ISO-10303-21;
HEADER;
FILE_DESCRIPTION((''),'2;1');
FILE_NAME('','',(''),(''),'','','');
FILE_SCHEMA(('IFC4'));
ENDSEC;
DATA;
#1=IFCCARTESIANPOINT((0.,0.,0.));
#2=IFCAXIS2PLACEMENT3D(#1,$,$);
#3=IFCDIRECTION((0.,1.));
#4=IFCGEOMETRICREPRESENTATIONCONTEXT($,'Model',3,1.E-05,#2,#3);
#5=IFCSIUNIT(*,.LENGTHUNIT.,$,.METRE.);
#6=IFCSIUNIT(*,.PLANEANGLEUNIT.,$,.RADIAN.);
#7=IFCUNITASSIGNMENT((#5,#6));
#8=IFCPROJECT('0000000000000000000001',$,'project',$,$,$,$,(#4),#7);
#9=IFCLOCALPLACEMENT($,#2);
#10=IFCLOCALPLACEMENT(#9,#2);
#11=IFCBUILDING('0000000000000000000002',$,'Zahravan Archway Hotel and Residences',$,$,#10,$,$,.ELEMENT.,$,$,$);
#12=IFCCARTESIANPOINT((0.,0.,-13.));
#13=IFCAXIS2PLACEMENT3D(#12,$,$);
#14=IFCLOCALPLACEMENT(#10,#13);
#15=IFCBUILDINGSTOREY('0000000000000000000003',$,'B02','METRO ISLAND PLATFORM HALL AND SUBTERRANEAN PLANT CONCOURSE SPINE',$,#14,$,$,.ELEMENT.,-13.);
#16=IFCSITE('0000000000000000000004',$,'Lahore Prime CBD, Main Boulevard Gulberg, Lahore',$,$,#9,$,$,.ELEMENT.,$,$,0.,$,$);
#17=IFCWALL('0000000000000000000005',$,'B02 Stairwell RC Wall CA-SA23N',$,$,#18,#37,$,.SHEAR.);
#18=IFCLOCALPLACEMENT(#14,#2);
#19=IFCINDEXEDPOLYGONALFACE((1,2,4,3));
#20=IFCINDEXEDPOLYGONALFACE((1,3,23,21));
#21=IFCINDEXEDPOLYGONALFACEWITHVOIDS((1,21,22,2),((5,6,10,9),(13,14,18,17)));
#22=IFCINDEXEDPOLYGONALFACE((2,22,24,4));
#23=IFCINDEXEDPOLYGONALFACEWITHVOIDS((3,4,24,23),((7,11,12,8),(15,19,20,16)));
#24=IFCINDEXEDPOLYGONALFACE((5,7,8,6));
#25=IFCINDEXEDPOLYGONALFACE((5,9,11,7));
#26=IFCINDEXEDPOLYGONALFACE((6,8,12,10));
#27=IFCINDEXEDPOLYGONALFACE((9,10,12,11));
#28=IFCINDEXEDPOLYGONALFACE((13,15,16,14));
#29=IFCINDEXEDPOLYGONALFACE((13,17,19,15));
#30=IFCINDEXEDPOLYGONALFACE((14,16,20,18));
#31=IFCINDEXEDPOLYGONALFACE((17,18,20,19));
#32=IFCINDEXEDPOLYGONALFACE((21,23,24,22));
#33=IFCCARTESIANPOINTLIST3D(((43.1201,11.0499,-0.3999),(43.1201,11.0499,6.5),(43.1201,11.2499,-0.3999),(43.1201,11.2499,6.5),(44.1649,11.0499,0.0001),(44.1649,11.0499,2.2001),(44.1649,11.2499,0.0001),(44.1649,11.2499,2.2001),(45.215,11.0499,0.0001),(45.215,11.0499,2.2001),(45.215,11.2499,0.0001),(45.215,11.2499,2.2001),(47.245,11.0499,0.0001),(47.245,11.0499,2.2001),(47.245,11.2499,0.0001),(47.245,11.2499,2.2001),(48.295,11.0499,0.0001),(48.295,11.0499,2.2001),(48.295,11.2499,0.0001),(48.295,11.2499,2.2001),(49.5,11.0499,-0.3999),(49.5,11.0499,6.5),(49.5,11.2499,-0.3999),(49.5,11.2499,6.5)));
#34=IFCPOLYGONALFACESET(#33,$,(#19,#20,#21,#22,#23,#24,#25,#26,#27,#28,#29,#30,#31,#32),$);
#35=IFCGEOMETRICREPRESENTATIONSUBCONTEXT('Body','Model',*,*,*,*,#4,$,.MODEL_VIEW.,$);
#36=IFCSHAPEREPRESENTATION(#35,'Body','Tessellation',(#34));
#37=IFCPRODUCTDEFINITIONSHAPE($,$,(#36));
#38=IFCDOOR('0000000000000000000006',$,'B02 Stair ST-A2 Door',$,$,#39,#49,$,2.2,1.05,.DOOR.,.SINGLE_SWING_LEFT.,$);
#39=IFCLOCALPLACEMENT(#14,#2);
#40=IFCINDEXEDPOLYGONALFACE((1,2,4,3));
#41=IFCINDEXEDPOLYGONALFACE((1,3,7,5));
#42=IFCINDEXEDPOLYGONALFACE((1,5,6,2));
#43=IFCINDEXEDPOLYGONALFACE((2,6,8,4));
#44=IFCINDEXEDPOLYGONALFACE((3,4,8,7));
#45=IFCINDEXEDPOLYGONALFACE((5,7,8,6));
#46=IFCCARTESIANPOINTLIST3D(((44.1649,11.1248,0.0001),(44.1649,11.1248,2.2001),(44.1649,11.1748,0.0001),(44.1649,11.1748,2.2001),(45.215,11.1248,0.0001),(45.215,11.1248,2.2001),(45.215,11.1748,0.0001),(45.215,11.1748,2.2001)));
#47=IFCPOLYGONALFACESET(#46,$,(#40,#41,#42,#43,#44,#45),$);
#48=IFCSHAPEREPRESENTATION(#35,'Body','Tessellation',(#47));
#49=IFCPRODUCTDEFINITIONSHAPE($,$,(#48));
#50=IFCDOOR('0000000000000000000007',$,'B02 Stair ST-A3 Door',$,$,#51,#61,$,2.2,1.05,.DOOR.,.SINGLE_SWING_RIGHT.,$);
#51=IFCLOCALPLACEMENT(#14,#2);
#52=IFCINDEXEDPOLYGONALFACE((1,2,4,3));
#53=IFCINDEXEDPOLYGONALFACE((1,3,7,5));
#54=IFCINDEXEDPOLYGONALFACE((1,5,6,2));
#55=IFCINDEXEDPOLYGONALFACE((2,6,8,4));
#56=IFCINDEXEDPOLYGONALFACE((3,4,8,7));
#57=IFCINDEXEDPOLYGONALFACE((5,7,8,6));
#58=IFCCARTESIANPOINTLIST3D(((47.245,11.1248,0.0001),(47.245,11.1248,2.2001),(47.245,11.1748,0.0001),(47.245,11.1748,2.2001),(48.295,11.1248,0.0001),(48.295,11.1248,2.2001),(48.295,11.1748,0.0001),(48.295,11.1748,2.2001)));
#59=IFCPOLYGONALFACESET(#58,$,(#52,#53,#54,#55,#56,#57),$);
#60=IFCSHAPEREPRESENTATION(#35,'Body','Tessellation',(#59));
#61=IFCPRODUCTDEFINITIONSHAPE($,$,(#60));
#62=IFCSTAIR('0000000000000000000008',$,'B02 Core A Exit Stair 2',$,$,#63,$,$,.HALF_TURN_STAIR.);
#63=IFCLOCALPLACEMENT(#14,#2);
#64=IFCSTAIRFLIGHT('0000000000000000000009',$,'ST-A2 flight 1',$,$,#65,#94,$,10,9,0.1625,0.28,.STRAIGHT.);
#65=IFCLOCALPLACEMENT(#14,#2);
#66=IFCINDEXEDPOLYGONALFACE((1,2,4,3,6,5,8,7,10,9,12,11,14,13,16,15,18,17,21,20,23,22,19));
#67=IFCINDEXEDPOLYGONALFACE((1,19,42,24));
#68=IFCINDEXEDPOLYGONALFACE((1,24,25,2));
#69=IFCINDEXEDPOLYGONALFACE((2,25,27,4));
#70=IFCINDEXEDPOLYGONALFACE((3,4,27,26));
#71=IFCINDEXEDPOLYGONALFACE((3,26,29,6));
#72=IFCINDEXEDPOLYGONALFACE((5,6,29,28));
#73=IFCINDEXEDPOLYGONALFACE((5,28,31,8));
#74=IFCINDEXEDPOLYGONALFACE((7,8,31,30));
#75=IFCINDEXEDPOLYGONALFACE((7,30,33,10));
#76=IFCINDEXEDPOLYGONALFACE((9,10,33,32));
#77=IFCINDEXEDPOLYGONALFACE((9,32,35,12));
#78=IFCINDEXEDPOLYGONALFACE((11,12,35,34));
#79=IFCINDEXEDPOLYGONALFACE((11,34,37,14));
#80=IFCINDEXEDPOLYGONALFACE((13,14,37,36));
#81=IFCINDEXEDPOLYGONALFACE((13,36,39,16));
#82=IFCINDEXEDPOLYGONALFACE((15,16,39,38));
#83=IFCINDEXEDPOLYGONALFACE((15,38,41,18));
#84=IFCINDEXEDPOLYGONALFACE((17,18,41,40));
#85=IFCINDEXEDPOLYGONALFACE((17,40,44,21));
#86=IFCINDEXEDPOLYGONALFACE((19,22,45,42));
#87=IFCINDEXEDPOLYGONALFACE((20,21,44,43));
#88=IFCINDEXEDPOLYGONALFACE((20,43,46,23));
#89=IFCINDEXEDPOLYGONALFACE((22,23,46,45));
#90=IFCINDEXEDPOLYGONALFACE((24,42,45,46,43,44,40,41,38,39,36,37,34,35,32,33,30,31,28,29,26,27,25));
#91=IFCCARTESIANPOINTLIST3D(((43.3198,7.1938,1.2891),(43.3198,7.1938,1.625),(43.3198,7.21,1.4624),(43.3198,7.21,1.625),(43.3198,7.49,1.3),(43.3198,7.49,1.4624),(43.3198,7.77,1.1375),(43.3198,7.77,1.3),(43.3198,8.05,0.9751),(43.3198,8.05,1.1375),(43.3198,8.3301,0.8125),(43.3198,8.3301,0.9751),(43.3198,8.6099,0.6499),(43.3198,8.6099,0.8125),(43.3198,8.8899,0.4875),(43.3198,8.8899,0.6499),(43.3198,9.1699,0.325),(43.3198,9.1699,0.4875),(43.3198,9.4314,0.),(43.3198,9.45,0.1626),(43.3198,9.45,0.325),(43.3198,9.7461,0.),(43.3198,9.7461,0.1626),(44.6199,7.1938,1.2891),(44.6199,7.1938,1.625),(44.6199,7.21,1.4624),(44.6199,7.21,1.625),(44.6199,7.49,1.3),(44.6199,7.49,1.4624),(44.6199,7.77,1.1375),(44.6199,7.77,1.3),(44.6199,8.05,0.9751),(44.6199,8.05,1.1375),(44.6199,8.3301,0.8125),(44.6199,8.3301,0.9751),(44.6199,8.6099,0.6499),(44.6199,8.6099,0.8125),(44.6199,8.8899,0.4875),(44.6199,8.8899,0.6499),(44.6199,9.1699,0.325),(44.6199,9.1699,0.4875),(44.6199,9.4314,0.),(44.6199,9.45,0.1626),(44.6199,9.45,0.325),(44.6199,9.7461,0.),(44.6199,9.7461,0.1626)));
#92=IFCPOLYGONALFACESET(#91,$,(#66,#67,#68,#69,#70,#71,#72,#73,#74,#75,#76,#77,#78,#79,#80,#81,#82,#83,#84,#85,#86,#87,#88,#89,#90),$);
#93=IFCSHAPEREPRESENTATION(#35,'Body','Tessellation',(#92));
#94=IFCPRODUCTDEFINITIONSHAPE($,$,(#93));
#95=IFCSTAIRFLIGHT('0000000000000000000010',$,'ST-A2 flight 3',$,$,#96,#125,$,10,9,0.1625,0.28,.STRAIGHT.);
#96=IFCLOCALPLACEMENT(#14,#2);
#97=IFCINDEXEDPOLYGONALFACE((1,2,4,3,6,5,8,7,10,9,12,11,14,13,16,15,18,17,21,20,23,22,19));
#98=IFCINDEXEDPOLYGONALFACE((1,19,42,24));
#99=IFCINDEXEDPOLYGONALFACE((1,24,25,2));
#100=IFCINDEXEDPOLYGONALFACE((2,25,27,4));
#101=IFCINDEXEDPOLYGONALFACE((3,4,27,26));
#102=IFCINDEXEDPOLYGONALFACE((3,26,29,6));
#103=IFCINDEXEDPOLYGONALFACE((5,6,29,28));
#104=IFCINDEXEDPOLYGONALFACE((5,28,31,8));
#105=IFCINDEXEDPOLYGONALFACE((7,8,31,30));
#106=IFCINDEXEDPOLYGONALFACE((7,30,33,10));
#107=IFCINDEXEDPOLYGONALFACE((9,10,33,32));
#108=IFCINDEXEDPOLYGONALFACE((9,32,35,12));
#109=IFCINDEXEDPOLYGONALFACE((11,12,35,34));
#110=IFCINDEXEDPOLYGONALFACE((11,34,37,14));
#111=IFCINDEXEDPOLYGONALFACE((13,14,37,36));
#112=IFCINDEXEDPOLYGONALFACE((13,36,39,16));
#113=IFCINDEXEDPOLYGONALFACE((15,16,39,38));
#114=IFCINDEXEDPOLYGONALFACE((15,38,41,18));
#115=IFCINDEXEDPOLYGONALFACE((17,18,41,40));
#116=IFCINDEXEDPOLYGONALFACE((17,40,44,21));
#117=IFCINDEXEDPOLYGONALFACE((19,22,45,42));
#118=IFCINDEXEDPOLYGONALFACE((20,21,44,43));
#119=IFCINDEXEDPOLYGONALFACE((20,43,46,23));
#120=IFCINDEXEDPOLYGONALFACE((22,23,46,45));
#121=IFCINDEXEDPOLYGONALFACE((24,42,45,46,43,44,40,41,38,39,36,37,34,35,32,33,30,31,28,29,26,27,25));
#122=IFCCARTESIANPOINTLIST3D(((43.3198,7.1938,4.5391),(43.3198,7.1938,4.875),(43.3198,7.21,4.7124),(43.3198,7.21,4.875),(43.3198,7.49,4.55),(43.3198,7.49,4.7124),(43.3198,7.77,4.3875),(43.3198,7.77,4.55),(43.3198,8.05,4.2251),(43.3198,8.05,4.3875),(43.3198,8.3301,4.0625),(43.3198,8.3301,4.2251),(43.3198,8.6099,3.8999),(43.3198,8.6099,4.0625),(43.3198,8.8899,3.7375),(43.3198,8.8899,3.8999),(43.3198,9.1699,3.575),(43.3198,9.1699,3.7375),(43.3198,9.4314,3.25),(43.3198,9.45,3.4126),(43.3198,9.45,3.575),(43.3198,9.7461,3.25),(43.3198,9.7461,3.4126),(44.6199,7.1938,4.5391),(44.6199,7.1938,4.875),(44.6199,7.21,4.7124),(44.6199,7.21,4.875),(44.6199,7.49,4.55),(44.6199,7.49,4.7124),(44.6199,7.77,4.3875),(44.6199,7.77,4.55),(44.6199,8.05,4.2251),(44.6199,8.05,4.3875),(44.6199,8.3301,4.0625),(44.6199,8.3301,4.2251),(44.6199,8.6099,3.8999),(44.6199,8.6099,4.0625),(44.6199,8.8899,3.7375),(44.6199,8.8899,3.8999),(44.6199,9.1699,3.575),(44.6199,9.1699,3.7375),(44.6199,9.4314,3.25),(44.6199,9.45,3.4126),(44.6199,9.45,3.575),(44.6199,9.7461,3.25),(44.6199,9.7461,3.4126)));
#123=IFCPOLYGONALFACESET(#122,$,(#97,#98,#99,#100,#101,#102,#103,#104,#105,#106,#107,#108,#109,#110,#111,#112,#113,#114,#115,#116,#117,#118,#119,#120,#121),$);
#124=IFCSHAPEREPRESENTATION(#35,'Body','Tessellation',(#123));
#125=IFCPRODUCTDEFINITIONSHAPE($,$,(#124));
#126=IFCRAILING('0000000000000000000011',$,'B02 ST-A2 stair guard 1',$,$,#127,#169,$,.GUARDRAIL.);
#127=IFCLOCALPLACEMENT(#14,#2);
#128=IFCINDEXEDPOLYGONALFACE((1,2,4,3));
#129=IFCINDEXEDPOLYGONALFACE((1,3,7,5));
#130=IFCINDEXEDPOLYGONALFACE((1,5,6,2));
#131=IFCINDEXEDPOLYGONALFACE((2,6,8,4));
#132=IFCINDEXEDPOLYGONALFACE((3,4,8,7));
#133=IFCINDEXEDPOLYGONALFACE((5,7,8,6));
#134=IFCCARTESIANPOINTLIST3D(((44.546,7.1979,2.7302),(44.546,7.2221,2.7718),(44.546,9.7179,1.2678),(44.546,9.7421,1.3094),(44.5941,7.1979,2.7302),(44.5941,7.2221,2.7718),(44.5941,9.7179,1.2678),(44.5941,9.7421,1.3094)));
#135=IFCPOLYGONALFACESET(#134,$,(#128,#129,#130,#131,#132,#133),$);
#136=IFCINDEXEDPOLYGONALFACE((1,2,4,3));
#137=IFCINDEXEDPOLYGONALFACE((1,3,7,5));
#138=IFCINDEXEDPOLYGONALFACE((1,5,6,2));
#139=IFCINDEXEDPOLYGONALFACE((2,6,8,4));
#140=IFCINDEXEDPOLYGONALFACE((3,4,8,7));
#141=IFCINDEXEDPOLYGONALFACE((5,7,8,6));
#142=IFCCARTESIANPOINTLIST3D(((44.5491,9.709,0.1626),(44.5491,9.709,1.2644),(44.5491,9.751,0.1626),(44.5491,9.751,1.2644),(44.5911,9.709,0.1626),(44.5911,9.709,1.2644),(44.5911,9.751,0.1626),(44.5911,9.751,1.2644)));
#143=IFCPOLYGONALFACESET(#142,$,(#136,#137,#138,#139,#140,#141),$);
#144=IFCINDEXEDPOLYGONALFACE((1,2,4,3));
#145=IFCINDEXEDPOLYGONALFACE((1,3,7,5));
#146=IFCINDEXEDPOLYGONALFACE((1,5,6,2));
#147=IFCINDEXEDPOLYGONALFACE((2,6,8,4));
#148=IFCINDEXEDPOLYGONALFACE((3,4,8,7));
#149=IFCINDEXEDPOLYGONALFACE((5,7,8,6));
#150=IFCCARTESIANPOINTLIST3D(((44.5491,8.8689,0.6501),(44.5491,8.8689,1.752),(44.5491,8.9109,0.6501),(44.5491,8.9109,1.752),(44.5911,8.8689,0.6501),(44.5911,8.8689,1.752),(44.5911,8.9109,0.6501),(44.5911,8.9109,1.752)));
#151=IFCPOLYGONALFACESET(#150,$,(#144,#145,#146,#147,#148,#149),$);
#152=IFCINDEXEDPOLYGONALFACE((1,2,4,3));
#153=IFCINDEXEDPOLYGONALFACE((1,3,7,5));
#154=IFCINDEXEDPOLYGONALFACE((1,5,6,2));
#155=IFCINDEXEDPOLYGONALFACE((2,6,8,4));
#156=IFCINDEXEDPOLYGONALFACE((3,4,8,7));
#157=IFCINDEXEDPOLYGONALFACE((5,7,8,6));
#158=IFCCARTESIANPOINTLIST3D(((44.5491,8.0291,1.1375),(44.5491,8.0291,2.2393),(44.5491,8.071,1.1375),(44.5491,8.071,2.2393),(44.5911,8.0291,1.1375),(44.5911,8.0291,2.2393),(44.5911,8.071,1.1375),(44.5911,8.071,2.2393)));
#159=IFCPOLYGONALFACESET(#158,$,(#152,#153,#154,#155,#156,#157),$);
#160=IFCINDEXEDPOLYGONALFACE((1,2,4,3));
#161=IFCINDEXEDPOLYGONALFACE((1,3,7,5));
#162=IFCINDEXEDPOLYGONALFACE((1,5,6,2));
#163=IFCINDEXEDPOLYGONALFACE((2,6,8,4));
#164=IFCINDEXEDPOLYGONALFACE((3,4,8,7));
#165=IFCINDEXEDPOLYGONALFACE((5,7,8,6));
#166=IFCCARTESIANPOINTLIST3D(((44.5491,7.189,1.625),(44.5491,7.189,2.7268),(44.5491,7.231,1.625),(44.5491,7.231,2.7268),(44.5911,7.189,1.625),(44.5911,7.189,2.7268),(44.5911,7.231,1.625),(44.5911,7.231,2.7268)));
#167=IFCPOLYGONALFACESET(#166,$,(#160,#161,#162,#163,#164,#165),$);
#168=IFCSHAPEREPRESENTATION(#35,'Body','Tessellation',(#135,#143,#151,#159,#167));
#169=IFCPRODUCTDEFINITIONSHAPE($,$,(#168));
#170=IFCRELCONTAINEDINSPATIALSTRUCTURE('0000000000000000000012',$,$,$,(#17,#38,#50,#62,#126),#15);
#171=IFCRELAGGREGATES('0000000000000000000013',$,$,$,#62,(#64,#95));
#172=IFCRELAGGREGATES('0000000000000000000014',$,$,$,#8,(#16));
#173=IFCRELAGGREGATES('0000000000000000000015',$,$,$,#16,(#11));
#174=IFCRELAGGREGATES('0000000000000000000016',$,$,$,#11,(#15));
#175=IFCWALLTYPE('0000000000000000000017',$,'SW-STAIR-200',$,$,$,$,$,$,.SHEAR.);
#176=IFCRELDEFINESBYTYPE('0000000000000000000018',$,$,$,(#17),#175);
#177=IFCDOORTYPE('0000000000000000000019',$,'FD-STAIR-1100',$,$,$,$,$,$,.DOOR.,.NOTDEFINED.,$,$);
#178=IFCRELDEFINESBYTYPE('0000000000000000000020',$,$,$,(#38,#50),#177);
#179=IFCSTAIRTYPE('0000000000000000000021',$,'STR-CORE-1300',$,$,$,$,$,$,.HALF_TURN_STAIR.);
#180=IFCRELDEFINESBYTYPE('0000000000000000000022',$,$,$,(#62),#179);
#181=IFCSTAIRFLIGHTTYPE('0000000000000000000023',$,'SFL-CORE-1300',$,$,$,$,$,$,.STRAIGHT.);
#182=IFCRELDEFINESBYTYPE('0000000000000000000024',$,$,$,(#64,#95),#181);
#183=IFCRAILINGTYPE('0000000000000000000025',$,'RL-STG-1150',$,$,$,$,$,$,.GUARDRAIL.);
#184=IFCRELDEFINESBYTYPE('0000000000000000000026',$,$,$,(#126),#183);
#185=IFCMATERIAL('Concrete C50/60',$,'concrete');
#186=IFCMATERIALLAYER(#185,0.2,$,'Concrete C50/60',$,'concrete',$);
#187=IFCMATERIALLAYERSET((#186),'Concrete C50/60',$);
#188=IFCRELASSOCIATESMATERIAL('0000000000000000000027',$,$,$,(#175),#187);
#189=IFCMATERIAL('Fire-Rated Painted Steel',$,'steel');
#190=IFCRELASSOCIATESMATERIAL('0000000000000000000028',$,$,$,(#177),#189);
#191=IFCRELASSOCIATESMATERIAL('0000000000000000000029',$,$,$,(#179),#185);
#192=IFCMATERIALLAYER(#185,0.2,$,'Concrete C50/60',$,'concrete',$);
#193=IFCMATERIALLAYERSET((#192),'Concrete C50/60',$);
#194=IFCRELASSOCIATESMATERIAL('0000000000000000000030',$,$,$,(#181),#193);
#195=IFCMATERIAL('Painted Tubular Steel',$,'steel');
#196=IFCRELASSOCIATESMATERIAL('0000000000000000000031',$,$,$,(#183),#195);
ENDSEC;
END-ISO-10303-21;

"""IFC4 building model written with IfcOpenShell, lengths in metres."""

from ifc_helpers import new_model, si_unit, direction, frame, frame_2d, origin, origin_2d, place, context, subcontext, project, spatial, polyline, rectangle, outline, extrude, source, transform, mapped, material, layer, layer_set, type_object, type_shapes, element, fill, aggregate, save


model = new_model("IFC4")

# Units and contexts
model_context = context("Model", 3, precision=1e-05, world=origin(), true_north=direction((0.0, 1.0)))
body_context = subcontext(model_context, "Body", "Model", "MODEL_VIEW")
ifc_project = project(units=[si_unit("LENGTHUNIT", "METRE"), si_unit("PLANEANGLEUNIT", "RADIAN")], contexts=[model_context])

# Site, building, storey
site_placement = place(None, origin())
site = spatial("IfcSite", under=ifc_project, at=site_placement, Name="Lahore Prime CBD, Main Boulevard Gulberg, Lahore", CompositionType="ELEMENT", RefElevation=0.0)
building_placement = place(site_placement, origin())
building = spatial("IfcBuilding", under=site, at=building_placement, Name="Zahravan Archway Hotel and Residences", CompositionType="ELEMENT")
storey_placement = place(building_placement, frame((0.0, 0.0, -13.0)))
storey = spatial("IfcBuildingStorey", under=building, at=storey_placement, Name="B02", Description="METRO ISLAND PLATFORM HALL AND SUBTERRANEAN PLANT CONCOURSE SPINE", CompositionType="ELEMENT", Elevation=-13.0)

# Shared definitions
ifc_material_1 = material(Name="Concrete C50/60", Category="concrete")

# Shared definitions
ifc_material_2 = material(Name="Fire-Rated Painted Steel", Category="steel")

# Wall, openings, doors
ifc_layer_1 = layer(ifc_material_1, 0.2, Name="Concrete C50/60", Category="concrete")
ifc_layer_set_1 = layer_set([ifc_layer_1], Name="Concrete C50/60")
wall_type_1 = type_object("IfcWallType", Name="SW-STAIR-200", PredefinedType="SHEAR", material=ifc_layer_set_1)
wall_1_placement = place(storey_placement, frame((43.1201, 11.1499, -0.3999), z_axis=(0.0, 0.0, 1.0), x_axis=(1.0, 0.0, 0.0)))
wall_1 = element("IfcWall", 1, at=wall_1_placement, inside=storey, type_object=wall_type_1, Name="B02 Stairwell RC Wall CA-SA23N", PredefinedType="SHEAR", context=body_context, shape_type="SweptSolid", body=[
    extrude(rectangle(XDim=6.3799, YDim=0.2, at=frame_2d((3.1899, 0.0))), origin(), (0.0, 0.0, 1.0), 6.8999),
])
opening_1_placement = place(wall_1_placement, frame((1.0449, 0.0, 0.3999)))
opening_1 = element("IfcOpeningElement", 2, at=opening_1_placement, cuts=wall_1, PredefinedType="OPENING", context=body_context, shape_type="SweptSolid", body=[
    extrude(rectangle(XDim=1.05, YDim=2.2, at=frame_2d((0.5249, 1.1001))), frame((0.0, 0.1099, 0.0), z_axis=(0.0, -1.0, 0.0), x_axis=(1.0, 0.0, 0.0)), (0.0, 0.0, 1.0), 0.22),
])
opening_2_placement = place(wall_1_placement, frame((4.125, 0.0, 0.3999)))
opening_2 = element("IfcOpeningElement", 3, at=opening_2_placement, cuts=wall_1, PredefinedType="OPENING", context=body_context, shape_type="SweptSolid", body=[
    extrude(rectangle(XDim=1.05, YDim=2.2, at=frame_2d((0.5249, 1.1001))), frame((0.0, 0.1099, 0.0), z_axis=(0.0, -1.0, 0.0), x_axis=(1.0, 0.0, 0.0)), (0.0, 0.0, 1.0), 0.22),
])
door_type_1 = type_object("IfcDoorType", Name="FD-STAIR-1100", OperationType="NOTDEFINED", PredefinedType="DOOR", material=ifc_material_2)
shared_shape_1 = source(origin(), body_context, "Body", "SweptSolid", [
    extrude(rectangle(XDim=1.05, YDim=2.2, at=frame_2d((0.5249, 1.1001))), frame((0.0, 0.0249, 0.0), z_axis=(0.0, -1.0, 0.0), x_axis=(1.0, 0.0, 0.0)), (0.0, 0.0, 1.0), 0.05),
])
type_shapes(door_type_1, [shared_shape_1])
door_1_placement = place(opening_1_placement, origin())
door_1 = element("IfcDoor", 4, at=door_1_placement, inside=storey, type_object=door_type_1, Name="B02 Stair ST-A2 Door", OperationType="SINGLE_SWING_LEFT", OverallHeight=2.2, OverallWidth=1.05, PredefinedType="DOOR", context=body_context, shape_type="MappedRepresentation", body=[
    mapped(shared_shape_1, transform((0.0, 0.0, 0.0), scale=1.0)),
])
fill(opening_1, door_1)
door_2_placement = place(opening_2_placement, origin())
door_2 = element("IfcDoor", 5, at=door_2_placement, inside=storey, type_object=door_type_1, Name="B02 Stair ST-A3 Door", OperationType="SINGLE_SWING_RIGHT", OverallHeight=2.2, OverallWidth=1.05, PredefinedType="DOOR", context=body_context, shape_type="MappedRepresentation", body=[
    mapped(shared_shape_1, transform((0.0, 0.0, 0.0), scale=1.0)),
])
fill(opening_2, door_2)

# Stair, stair flights
stair_type = type_object("IfcStairType", Name="STR-CORE-1300", PredefinedType="HALF_TURN_STAIR", material=ifc_material_1)
stair_placement = place(storey_placement, origin())
stair = element("IfcStair", 6, at=stair_placement, inside=storey, type_object=stair_type, Name="B02 Core A Exit Stair 2", PredefinedType="HALF_TURN_STAIR")
ifc_layer_2 = layer(ifc_material_1, 0.2, Name="Concrete C50/60", Category="concrete")
ifc_layer_set_2 = layer_set([ifc_layer_2], Name="Concrete C50/60")
stair_flight_type = type_object("IfcStairFlightType", Name="SFL-CORE-1300", PredefinedType="STRAIGHT", material=ifc_layer_set_2)
shared_shape_2 = source(origin(), body_context, "Body", "SweptSolid", [
    extrude(outline(polyline([(-0.0161, 0.0), (-0.0161, 0.1626), (0.28, 0.1626), (0.28, 0.325), (0.5601, 0.325), (0.5601, 0.4875), (0.8401, 0.4875), (0.8401, 0.6499), (1.1201, 0.6499), (1.1201, 0.8125), (1.3999, 0.8125), (1.3999, 0.9751), (1.6799, 0.9751), (1.6799, 1.1375), (1.96, 1.1375), (1.96, 1.3), (2.24, 1.3), (2.24, 1.4624), (2.52, 1.4624), (2.52, 1.625), (2.5361, 1.625), (2.5361, 1.2891), (0.2986, 0.0), (-0.0161, 0.0)])), frame((0.0, 0.6499, 0.0), z_axis=(0.0, -1.0, 0.0), x_axis=(1.0, 0.0, 0.0)), (0.0, 0.0, 1.0), 1.3),
])
type_shapes(stair_flight_type, [shared_shape_2])
stair_flight_1_placement = place(storey_placement, frame((43.97, 9.73, 0.0), z_axis=(0.0, 0.0, 1.0), x_axis=(0.0, -1.0, 0.0)))
stair_flight_1 = element("IfcStairFlight", 7, at=stair_flight_1_placement, type_object=stair_flight_type, Name="ST-A2 flight 1", NumberOfRisers=10, NumberOfTreads=9, PredefinedType="STRAIGHT", RiserHeight=0.1625, TreadLength=0.28, context=body_context, shape_type="MappedRepresentation", body=[
    mapped(shared_shape_2, transform((0.0, 0.0, 0.0), scale=1.0)),
])
stair_flight_2_placement = place(storey_placement, frame((43.97, 9.73, 3.25), z_axis=(0.0, 0.0, 1.0), x_axis=(0.0, -1.0, 0.0)))
stair_flight_2 = element("IfcStairFlight", 8, at=stair_flight_2_placement, type_object=stair_flight_type, Name="ST-A2 flight 3", NumberOfRisers=10, NumberOfTreads=9, PredefinedType="STRAIGHT", RiserHeight=0.1625, TreadLength=0.28, context=body_context, shape_type="MappedRepresentation", body=[
    mapped(shared_shape_2, transform((0.0, 0.0, 0.0), scale=1.0)),
])
aggregate(stair, [stair_flight_1, stair_flight_2])

# Railing
ifc_material_3 = material(Name="Painted Tubular Steel", Category="steel")
railing_type_1 = type_object("IfcRailingType", Name="RL-STG-1150", PredefinedType="GUARDRAIL", material=ifc_material_3)
railing_1_placement = place(storey_placement, frame((44.5701, 9.73, 0.1626)))
element("IfcRailing", 9, at=railing_1_placement, inside=storey, type_object=railing_type_1, Name="B02 ST-A2 stair guard 1", PredefinedType="GUARDRAIL", context=body_context, shape_type="SweptSolid", body=[
    extrude(rectangle(XDim=0.0481, YDim=0.0481, at=origin_2d()), frame((0.0, 0.0, 1.126), z_axis=(0.0, -0.864913, 0.501921), x_axis=(1.0, 0.0, 0.0)), (0.0, 0.0, 1.0), 2.9136),
    extrude(rectangle(XDim=0.042, YDim=0.042, at=origin_2d()), origin(), (0.0, 0.0, 1.0), 1.1018),
    extrude(rectangle(XDim=0.042, YDim=0.042, at=origin_2d()), frame((0.0, -0.8401, 0.4875)), (0.0, 0.0, 1.0), 1.1018),
    extrude(rectangle(XDim=0.042, YDim=0.042, at=origin_2d()), frame((0.0, -1.6799, 0.9749)), (0.0, 0.0, 1.0), 1.1018),
    extrude(rectangle(XDim=0.042, YDim=0.042, at=origin_2d()), frame((0.0, -2.52, 1.4624)), (0.0, 0.0, 1.0), 1.1018),
])

save(model, "model.ifc")
